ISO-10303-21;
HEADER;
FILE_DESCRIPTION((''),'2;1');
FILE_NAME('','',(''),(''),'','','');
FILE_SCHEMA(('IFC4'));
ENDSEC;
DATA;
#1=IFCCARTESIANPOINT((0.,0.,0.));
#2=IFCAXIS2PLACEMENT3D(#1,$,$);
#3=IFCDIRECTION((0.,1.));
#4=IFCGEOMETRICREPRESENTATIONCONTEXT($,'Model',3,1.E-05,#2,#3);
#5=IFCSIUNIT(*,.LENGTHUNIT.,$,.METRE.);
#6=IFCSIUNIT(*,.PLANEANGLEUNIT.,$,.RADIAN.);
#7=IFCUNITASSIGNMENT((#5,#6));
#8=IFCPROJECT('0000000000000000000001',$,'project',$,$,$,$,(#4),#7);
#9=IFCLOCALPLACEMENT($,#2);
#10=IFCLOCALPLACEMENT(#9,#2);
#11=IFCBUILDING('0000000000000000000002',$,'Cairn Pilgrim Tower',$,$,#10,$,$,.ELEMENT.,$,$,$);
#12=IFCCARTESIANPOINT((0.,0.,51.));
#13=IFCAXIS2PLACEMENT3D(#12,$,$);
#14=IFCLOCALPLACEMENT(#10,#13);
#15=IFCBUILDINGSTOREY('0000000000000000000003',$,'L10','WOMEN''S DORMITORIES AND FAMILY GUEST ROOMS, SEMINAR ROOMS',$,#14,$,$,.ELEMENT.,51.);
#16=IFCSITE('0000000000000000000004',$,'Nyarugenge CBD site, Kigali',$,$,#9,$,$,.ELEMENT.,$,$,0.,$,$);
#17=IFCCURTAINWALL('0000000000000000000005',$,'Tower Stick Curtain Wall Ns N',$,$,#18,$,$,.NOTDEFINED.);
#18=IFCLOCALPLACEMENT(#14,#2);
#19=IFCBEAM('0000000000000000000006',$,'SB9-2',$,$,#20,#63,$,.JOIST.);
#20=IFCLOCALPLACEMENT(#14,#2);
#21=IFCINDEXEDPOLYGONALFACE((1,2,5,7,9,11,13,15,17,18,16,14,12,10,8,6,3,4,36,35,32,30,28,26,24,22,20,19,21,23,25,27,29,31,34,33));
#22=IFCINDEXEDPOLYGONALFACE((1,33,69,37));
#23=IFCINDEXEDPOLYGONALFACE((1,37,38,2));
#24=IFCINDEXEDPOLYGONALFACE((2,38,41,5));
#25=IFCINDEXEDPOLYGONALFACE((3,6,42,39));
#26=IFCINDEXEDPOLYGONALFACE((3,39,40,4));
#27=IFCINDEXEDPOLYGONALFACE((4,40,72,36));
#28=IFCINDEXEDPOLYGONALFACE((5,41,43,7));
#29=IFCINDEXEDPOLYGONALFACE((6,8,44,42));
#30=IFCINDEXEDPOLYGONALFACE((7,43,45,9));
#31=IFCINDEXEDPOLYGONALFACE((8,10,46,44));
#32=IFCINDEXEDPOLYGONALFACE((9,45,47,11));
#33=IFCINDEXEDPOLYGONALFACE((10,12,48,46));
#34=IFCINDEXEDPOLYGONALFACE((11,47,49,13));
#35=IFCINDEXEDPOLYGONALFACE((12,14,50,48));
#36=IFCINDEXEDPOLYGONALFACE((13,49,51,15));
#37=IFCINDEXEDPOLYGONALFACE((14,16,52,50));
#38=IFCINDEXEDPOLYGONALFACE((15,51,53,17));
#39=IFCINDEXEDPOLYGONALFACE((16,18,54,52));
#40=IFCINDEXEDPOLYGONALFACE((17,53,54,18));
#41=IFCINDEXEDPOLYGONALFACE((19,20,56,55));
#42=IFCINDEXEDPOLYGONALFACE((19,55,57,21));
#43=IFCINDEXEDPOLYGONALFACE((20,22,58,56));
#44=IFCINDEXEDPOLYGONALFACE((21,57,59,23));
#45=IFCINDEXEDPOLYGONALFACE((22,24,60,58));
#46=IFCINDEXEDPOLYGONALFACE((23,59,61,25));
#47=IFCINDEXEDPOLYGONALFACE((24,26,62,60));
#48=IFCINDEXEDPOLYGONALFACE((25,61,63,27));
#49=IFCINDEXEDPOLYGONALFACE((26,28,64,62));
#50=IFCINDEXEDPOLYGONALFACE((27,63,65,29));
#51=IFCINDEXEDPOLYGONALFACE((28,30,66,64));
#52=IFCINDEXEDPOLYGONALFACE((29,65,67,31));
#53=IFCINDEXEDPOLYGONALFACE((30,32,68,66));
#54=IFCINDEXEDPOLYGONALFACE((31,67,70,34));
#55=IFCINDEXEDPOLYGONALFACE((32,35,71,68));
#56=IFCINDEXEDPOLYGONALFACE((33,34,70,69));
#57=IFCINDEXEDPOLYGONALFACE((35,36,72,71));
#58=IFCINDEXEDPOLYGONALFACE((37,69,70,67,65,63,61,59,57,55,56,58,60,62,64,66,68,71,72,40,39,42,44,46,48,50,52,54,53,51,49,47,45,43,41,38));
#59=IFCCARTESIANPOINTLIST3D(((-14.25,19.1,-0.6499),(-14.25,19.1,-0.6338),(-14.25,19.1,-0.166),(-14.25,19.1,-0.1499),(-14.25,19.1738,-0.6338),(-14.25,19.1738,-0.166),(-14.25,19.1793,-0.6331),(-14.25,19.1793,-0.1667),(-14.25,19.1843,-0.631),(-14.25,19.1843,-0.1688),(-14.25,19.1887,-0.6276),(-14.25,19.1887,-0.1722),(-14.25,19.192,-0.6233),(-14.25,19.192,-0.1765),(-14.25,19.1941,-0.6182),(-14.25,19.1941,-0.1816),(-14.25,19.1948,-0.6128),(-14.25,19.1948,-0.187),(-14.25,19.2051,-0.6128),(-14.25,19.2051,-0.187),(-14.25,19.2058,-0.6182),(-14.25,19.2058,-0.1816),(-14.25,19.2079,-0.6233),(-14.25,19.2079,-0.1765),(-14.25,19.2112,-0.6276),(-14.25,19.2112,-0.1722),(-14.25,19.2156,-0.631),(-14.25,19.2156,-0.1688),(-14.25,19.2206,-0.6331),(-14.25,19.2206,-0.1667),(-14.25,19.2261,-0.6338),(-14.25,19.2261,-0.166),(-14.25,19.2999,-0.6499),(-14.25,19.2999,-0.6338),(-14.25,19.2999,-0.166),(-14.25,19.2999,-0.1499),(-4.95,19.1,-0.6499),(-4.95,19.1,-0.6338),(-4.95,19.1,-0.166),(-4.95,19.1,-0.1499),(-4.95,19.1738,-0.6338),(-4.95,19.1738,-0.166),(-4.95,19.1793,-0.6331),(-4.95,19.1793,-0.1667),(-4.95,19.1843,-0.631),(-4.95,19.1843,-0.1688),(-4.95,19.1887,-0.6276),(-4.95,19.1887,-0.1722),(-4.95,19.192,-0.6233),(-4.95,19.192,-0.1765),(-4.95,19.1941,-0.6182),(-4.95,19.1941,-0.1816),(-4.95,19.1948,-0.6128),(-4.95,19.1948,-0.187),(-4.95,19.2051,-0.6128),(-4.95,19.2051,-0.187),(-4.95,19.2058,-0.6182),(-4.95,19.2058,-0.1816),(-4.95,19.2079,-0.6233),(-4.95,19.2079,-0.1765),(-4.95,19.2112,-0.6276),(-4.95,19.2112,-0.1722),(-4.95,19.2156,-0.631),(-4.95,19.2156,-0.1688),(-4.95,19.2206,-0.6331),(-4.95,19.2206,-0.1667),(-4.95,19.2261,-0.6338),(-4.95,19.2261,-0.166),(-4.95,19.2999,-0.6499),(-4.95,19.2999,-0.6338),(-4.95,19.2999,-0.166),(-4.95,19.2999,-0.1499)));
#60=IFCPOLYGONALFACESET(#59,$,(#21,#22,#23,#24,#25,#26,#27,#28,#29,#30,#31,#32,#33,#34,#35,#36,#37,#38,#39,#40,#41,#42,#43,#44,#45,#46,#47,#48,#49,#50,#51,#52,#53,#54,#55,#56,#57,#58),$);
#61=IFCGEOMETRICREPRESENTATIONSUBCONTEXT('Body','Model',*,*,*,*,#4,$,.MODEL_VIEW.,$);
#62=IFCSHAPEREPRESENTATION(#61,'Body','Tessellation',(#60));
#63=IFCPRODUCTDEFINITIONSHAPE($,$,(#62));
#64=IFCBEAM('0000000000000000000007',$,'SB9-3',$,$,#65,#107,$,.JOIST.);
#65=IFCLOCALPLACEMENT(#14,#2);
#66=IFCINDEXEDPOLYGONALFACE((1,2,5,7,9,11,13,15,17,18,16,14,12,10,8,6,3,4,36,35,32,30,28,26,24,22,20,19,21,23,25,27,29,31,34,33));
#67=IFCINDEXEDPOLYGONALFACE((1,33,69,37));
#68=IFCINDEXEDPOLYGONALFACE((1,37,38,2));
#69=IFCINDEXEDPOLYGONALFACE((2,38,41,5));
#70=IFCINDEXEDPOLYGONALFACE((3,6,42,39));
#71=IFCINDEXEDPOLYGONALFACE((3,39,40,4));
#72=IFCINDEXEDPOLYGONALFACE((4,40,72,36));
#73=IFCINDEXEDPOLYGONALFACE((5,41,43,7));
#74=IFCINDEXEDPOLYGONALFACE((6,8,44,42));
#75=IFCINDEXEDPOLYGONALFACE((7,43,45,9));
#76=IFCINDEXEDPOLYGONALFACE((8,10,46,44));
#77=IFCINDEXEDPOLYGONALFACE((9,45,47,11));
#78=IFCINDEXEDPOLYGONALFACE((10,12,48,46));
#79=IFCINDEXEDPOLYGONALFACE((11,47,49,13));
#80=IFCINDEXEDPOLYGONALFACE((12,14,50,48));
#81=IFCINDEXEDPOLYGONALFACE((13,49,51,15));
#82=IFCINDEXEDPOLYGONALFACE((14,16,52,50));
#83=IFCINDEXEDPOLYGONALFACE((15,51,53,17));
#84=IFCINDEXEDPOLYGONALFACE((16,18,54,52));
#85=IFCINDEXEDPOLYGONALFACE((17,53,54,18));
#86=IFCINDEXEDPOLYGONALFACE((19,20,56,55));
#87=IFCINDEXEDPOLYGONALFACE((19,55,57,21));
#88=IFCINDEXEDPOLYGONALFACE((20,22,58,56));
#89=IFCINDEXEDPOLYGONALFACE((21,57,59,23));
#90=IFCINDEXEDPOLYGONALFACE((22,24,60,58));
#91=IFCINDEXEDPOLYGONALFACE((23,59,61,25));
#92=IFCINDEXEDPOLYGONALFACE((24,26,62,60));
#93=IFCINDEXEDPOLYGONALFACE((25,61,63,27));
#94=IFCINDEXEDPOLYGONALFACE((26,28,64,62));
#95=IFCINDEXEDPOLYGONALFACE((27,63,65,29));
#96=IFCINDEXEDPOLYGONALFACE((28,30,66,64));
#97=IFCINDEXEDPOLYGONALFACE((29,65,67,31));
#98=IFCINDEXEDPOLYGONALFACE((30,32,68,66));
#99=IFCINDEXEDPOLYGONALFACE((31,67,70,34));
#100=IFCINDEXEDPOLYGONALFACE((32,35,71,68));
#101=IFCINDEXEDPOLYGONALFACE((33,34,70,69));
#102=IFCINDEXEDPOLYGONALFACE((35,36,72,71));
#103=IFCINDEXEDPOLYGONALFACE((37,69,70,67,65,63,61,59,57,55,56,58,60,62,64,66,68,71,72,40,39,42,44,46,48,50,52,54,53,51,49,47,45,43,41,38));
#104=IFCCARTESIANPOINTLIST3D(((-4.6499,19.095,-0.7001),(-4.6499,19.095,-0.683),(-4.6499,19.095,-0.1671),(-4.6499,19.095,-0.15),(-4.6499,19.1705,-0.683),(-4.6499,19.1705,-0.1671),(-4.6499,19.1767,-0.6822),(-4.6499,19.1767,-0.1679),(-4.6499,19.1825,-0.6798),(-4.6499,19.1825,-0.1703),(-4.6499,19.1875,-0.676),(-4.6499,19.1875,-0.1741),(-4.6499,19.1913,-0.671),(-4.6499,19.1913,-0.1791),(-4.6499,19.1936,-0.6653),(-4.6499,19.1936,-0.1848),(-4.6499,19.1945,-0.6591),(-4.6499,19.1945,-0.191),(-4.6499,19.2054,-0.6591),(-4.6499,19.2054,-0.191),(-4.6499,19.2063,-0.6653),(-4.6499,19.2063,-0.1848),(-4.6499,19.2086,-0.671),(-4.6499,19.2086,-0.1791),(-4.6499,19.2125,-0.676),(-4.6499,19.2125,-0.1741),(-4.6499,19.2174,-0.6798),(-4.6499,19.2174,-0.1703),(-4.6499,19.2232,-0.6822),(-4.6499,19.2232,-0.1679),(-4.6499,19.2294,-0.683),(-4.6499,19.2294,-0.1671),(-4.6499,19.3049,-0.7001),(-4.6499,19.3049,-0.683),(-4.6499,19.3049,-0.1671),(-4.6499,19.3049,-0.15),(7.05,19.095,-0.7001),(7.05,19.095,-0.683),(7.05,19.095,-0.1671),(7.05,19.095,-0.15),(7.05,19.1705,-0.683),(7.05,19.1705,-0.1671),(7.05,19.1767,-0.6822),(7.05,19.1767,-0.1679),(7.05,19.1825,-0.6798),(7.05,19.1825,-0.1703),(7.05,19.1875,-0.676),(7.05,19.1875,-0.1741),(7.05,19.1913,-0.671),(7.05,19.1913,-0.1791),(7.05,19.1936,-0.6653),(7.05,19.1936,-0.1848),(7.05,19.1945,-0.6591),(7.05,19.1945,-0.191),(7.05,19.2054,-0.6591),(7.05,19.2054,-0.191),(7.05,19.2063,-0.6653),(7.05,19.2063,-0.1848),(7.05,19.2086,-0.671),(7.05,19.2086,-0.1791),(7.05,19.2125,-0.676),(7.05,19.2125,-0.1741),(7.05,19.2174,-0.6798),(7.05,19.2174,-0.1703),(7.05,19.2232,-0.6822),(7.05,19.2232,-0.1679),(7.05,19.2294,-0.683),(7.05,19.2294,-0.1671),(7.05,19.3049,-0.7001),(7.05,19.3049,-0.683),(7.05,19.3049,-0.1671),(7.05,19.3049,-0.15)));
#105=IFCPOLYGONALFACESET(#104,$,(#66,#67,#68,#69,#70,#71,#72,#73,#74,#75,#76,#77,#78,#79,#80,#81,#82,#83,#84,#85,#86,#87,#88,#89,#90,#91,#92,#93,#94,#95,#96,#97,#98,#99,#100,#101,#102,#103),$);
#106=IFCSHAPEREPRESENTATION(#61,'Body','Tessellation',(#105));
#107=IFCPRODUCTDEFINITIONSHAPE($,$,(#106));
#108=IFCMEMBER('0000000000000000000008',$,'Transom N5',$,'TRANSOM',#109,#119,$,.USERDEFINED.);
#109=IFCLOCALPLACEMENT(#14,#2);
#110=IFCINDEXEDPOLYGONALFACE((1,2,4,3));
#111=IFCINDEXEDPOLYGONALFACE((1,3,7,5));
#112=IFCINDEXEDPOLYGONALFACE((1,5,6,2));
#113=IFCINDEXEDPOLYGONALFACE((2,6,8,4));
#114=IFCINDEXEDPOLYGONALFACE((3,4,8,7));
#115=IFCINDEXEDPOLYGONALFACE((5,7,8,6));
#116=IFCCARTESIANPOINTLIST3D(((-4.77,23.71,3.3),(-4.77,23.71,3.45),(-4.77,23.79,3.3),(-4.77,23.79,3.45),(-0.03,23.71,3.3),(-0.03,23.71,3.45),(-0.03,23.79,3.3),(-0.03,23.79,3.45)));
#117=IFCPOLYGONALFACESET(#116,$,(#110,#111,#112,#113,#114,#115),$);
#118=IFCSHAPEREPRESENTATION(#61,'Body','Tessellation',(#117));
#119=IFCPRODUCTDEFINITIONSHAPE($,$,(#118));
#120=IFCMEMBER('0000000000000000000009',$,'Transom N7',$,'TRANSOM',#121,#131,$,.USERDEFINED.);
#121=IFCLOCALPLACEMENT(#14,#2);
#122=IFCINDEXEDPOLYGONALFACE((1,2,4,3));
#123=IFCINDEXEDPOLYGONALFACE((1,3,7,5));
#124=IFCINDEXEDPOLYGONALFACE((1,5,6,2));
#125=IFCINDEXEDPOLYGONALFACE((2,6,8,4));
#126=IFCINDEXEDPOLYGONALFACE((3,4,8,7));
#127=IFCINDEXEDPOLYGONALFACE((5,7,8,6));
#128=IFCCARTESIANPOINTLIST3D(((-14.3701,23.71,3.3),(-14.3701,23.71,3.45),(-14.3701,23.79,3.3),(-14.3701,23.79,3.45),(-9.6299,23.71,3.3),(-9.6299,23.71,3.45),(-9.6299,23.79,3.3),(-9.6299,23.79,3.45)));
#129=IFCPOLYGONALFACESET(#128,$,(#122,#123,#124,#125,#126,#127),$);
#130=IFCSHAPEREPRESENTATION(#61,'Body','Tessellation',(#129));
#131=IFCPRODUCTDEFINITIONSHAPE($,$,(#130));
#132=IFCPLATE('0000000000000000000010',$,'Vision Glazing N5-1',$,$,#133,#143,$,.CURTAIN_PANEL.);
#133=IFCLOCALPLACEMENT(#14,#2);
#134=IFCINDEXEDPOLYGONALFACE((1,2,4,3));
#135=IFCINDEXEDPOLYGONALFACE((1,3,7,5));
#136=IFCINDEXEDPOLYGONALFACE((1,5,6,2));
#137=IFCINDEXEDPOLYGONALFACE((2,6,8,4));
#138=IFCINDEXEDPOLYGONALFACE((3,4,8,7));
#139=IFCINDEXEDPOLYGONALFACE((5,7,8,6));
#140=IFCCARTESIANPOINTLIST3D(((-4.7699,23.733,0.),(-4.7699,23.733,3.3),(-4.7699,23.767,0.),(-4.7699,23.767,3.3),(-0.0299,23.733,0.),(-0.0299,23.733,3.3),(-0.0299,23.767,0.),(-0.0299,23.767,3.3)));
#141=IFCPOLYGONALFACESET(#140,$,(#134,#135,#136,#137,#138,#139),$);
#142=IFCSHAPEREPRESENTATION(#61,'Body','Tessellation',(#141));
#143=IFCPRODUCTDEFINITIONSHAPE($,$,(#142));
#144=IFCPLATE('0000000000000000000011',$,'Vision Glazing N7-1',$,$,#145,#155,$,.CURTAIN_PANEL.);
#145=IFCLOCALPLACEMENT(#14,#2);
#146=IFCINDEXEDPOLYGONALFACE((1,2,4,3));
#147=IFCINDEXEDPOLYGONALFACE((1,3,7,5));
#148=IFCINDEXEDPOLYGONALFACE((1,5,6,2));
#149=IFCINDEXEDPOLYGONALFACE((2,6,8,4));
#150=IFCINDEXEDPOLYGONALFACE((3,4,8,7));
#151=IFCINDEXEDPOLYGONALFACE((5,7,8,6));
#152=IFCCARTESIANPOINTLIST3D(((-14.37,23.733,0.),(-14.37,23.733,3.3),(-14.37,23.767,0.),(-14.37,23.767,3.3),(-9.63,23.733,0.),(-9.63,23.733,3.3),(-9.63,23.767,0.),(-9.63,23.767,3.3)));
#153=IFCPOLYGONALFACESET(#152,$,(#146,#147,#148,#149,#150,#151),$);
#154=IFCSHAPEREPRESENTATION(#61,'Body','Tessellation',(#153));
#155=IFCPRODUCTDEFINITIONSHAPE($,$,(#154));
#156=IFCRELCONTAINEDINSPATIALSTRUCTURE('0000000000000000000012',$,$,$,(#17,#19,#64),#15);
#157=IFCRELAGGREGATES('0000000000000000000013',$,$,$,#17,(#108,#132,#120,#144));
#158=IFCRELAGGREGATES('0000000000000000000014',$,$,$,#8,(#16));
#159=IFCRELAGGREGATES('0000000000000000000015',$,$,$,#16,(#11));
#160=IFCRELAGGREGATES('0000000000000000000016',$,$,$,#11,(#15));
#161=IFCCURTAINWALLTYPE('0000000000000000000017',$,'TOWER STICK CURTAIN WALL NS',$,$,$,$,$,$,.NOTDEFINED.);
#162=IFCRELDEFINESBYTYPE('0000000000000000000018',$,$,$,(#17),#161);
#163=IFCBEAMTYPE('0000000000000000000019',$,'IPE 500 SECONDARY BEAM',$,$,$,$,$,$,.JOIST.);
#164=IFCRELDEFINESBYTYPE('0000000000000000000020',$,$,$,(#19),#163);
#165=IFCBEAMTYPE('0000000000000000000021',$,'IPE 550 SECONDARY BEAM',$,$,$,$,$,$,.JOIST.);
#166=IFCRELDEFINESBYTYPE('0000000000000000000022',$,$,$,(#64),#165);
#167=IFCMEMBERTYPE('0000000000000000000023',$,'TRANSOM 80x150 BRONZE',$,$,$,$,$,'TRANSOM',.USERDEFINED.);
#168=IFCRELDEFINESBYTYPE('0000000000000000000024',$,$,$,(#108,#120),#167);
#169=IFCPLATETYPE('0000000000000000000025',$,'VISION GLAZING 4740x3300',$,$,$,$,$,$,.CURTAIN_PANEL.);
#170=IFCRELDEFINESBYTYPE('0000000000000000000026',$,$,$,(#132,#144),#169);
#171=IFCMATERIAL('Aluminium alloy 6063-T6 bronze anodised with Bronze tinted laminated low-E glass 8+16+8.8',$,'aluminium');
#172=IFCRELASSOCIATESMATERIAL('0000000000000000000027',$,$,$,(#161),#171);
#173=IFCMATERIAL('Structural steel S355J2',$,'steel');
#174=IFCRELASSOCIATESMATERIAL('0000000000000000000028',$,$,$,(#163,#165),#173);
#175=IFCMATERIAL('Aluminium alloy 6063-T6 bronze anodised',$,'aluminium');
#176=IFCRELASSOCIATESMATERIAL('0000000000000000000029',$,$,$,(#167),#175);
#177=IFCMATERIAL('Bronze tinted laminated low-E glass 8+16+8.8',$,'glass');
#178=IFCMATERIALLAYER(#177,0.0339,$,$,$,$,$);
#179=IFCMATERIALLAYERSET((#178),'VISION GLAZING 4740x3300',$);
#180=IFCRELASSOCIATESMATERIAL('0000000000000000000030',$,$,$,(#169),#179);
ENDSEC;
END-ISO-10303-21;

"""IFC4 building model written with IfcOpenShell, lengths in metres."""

from ifc_helpers import new_model, si_unit, direction, frame, origin, origin_2d, place, context, subcontext, project, spatial, rectangle, i_section, extrude, material, layer, layer_set, material_profile, profile_set, type_object, element, aggregate, save


model = new_model("IFC4")

# Units and contexts
model_context = context("Model", 3, precision=1e-05, world=origin(), true_north=direction((0.0, 1.0)))
body_context = subcontext(model_context, "Body", "Model", "MODEL_VIEW")
ifc_project = project(units=[si_unit("LENGTHUNIT", "METRE"), si_unit("PLANEANGLEUNIT", "RADIAN")], contexts=[model_context])

# Site, building, storey
site_placement = place(None, origin())
site = spatial("IfcSite", under=ifc_project, at=site_placement, Name="Nyarugenge CBD site, Kigali", CompositionType="ELEMENT", RefElevation=0.0)
building_placement = place(site_placement, origin())
building = spatial("IfcBuilding", under=site, at=building_placement, Name="Cairn Pilgrim Tower", CompositionType="ELEMENT")
storey_placement = place(building_placement, frame((0.0, 0.0, 51.0)))
storey = spatial("IfcBuildingStorey", under=building, at=storey_placement, Name="L10", Description="WOMEN'S DORMITORIES AND FAMILY GUEST ROOMS, SEMINAR ROOMS", CompositionType="ELEMENT", Elevation=51.0)

# Curtain wall
ifc_material_1 = material(Name="Aluminium alloy 6063-T6 bronze anodised with Bronze tinted laminated low-E glass 8+16+8.8", Category="aluminium")
curtain_wall_type = type_object("IfcCurtainWallType", Name="TOWER STICK CURTAIN WALL NS", PredefinedType="NOTDEFINED", material=ifc_material_1)
curtain_wall_placement = place(storey_placement, origin())
curtain_wall = element("IfcCurtainWall", 1, at=curtain_wall_placement, inside=storey, type_object=curtain_wall_type, Name="Tower Stick Curtain Wall Ns N", PredefinedType="NOTDEFINED")
ifc_material_2 = material(Name="Aluminium alloy 6063-T6 bronze anodised", Category="aluminium")

# Beams
ifc_material_3 = material(Name="Structural steel S355J2", Category="steel")
ifc_material_profile_1 = material_profile(ifc_material_3, i_section(OverallWidth=0.2, OverallDepth=0.5, WebThickness=0.0103, FlangeThickness=0.0161, FilletRadius=0.021, at=origin_2d()), Name="IPE 500")
ifc_profile_set_1 = profile_set([ifc_material_profile_1], Name="Structural steel S355J2")
beam_type_1 = type_object("IfcBeamType", Name="IPE 500 SECONDARY BEAM", PredefinedType="JOIST", material=ifc_profile_set_1)
for number, where, z_axis, x_axis, name in (
    (2, (-14.25, 19.2, -0.3999), (1.0, 0.0, 0.0), (0.0, 1.0, 0.0), "SB9-2"),
):
    element("IfcBeam", number, at=place(storey_placement, frame(where, z_axis=z_axis, x_axis=x_axis)), inside=storey, type_object=beam_type_1, Name=name, PredefinedType="JOIST", context=body_context, shape_type="SweptSolid", body=[
        extrude(i_section(OverallWidth=0.2, OverallDepth=0.5, WebThickness=0.0103, FlangeThickness=0.0161, FilletRadius=0.021, at=origin_2d()), origin(), (0.0, 0.0, 1.0), 9.3),
    ])
ifc_material_profile_2 = material_profile(ifc_material_3, i_section(OverallWidth=0.21, OverallDepth=0.55, WebThickness=0.011, FlangeThickness=0.0171, FilletRadius=0.0239, at=origin_2d()), Name="IPE 550")
ifc_profile_set_2 = profile_set([ifc_material_profile_2], Name="Structural steel S355J2")
beam_type_2 = type_object("IfcBeamType", Name="IPE 550 SECONDARY BEAM", PredefinedType="JOIST", material=ifc_profile_set_2)
beam_1_placement = place(storey_placement, frame((-4.6499, 19.2, -0.425), z_axis=(1.0, 0.0, 0.0), x_axis=(0.0, 1.0, 0.0)))
element("IfcBeam", 3, at=beam_1_placement, inside=storey, type_object=beam_type_2, Name="SB9-3", PredefinedType="JOIST", context=body_context, shape_type="SweptSolid", body=[
    extrude(i_section(OverallWidth=0.21, OverallDepth=0.55, WebThickness=0.011, FlangeThickness=0.0171, FilletRadius=0.0239, at=origin_2d()), origin(), (0.0, 0.0, 1.0), 11.7),
])

# Members
ifc_material_profile_3 = material_profile(ifc_material_2, rectangle(XDim=0.0801, YDim=0.1499, at=origin_2d()), Name="TRANSOM 80x150 BRONZE")
ifc_profile_set_3 = profile_set([ifc_material_profile_3], Name="Aluminium alloy 6063-T6 bronze anodised")
member_type_1 = type_object("IfcMemberType", Name="TRANSOM 80x150 BRONZE", ElementType="TRANSOM", PredefinedType="USERDEFINED", material=ifc_profile_set_3)
member_1_placement = place(storey_placement, frame((-0.03, 23.75, 3.375), z_axis=(-1.0, 0.0, 0.0), x_axis=(0.0, -1.0, 0.0)))
member_1 = element("IfcMember", 4, at=member_1_placement, type_object=member_type_1, Name="Transom N5", ObjectType="TRANSOM", PredefinedType="USERDEFINED", context=body_context, shape_type="SweptSolid", body=[
    extrude(rectangle(XDim=0.0801, YDim=0.1499, at=origin_2d()), origin(), (0.0, 0.0, 1.0), 4.74),
])
member_2_placement = place(storey_placement, frame((-9.6299, 23.75, 3.375), z_axis=(-1.0, 0.0, 0.0), x_axis=(0.0, -1.0, 0.0)))
member_2 = element("IfcMember", 5, at=member_2_placement, type_object=member_type_1, Name="Transom N7", ObjectType="TRANSOM", PredefinedType="USERDEFINED", context=body_context, shape_type="SweptSolid", body=[
    extrude(rectangle(XDim=0.0801, YDim=0.1499, at=origin_2d()), origin(), (0.0, 0.0, 1.0), 4.7402),
])

# Plates
ifc_material_4 = material(Name="Bronze tinted laminated low-E glass 8+16+8.8", Category="glass")
ifc_layer_1 = layer(ifc_material_4, 0.0339)
ifc_layer_set_1 = layer_set([ifc_layer_1], Name="VISION GLAZING 4740x3300")
plate_type = type_object("IfcPlateType", Name="VISION GLAZING 4740x3300", PredefinedType="CURTAIN_PANEL", material=ifc_layer_set_1)
plate_1_placement = place(storey_placement, frame((-2.3999, 23.75, 0.0), z_axis=(0.0, 0.0, 1.0), x_axis=(-1.0, 0.0, 0.0)))
plate_1 = element("IfcPlate", 6, at=plate_1_placement, type_object=plate_type, Name="Vision Glazing N5-1", PredefinedType="CURTAIN_PANEL", context=body_context, shape_type="SweptSolid", body=[
    extrude(rectangle(XDim=4.74, YDim=0.0339, at=origin_2d()), origin(), (0.0, 0.0, 1.0), 3.3),
])
plate_2_placement = place(storey_placement, frame((-12.0, 23.75, 0.0), z_axis=(0.0, 0.0, 1.0), x_axis=(-1.0, 0.0, 0.0)))
plate_2 = element("IfcPlate", 7, at=plate_2_placement, type_object=plate_type, Name="Vision Glazing N7-1", PredefinedType="CURTAIN_PANEL", context=body_context, shape_type="SweptSolid", body=[
    extrude(rectangle(XDim=4.74, YDim=0.0339, at=origin_2d()), origin(), (0.0, 0.0, 1.0), 3.3),
])
aggregate(curtain_wall, [member_1, plate_1, member_2, plate_2])

save(model, "model.ifc")
